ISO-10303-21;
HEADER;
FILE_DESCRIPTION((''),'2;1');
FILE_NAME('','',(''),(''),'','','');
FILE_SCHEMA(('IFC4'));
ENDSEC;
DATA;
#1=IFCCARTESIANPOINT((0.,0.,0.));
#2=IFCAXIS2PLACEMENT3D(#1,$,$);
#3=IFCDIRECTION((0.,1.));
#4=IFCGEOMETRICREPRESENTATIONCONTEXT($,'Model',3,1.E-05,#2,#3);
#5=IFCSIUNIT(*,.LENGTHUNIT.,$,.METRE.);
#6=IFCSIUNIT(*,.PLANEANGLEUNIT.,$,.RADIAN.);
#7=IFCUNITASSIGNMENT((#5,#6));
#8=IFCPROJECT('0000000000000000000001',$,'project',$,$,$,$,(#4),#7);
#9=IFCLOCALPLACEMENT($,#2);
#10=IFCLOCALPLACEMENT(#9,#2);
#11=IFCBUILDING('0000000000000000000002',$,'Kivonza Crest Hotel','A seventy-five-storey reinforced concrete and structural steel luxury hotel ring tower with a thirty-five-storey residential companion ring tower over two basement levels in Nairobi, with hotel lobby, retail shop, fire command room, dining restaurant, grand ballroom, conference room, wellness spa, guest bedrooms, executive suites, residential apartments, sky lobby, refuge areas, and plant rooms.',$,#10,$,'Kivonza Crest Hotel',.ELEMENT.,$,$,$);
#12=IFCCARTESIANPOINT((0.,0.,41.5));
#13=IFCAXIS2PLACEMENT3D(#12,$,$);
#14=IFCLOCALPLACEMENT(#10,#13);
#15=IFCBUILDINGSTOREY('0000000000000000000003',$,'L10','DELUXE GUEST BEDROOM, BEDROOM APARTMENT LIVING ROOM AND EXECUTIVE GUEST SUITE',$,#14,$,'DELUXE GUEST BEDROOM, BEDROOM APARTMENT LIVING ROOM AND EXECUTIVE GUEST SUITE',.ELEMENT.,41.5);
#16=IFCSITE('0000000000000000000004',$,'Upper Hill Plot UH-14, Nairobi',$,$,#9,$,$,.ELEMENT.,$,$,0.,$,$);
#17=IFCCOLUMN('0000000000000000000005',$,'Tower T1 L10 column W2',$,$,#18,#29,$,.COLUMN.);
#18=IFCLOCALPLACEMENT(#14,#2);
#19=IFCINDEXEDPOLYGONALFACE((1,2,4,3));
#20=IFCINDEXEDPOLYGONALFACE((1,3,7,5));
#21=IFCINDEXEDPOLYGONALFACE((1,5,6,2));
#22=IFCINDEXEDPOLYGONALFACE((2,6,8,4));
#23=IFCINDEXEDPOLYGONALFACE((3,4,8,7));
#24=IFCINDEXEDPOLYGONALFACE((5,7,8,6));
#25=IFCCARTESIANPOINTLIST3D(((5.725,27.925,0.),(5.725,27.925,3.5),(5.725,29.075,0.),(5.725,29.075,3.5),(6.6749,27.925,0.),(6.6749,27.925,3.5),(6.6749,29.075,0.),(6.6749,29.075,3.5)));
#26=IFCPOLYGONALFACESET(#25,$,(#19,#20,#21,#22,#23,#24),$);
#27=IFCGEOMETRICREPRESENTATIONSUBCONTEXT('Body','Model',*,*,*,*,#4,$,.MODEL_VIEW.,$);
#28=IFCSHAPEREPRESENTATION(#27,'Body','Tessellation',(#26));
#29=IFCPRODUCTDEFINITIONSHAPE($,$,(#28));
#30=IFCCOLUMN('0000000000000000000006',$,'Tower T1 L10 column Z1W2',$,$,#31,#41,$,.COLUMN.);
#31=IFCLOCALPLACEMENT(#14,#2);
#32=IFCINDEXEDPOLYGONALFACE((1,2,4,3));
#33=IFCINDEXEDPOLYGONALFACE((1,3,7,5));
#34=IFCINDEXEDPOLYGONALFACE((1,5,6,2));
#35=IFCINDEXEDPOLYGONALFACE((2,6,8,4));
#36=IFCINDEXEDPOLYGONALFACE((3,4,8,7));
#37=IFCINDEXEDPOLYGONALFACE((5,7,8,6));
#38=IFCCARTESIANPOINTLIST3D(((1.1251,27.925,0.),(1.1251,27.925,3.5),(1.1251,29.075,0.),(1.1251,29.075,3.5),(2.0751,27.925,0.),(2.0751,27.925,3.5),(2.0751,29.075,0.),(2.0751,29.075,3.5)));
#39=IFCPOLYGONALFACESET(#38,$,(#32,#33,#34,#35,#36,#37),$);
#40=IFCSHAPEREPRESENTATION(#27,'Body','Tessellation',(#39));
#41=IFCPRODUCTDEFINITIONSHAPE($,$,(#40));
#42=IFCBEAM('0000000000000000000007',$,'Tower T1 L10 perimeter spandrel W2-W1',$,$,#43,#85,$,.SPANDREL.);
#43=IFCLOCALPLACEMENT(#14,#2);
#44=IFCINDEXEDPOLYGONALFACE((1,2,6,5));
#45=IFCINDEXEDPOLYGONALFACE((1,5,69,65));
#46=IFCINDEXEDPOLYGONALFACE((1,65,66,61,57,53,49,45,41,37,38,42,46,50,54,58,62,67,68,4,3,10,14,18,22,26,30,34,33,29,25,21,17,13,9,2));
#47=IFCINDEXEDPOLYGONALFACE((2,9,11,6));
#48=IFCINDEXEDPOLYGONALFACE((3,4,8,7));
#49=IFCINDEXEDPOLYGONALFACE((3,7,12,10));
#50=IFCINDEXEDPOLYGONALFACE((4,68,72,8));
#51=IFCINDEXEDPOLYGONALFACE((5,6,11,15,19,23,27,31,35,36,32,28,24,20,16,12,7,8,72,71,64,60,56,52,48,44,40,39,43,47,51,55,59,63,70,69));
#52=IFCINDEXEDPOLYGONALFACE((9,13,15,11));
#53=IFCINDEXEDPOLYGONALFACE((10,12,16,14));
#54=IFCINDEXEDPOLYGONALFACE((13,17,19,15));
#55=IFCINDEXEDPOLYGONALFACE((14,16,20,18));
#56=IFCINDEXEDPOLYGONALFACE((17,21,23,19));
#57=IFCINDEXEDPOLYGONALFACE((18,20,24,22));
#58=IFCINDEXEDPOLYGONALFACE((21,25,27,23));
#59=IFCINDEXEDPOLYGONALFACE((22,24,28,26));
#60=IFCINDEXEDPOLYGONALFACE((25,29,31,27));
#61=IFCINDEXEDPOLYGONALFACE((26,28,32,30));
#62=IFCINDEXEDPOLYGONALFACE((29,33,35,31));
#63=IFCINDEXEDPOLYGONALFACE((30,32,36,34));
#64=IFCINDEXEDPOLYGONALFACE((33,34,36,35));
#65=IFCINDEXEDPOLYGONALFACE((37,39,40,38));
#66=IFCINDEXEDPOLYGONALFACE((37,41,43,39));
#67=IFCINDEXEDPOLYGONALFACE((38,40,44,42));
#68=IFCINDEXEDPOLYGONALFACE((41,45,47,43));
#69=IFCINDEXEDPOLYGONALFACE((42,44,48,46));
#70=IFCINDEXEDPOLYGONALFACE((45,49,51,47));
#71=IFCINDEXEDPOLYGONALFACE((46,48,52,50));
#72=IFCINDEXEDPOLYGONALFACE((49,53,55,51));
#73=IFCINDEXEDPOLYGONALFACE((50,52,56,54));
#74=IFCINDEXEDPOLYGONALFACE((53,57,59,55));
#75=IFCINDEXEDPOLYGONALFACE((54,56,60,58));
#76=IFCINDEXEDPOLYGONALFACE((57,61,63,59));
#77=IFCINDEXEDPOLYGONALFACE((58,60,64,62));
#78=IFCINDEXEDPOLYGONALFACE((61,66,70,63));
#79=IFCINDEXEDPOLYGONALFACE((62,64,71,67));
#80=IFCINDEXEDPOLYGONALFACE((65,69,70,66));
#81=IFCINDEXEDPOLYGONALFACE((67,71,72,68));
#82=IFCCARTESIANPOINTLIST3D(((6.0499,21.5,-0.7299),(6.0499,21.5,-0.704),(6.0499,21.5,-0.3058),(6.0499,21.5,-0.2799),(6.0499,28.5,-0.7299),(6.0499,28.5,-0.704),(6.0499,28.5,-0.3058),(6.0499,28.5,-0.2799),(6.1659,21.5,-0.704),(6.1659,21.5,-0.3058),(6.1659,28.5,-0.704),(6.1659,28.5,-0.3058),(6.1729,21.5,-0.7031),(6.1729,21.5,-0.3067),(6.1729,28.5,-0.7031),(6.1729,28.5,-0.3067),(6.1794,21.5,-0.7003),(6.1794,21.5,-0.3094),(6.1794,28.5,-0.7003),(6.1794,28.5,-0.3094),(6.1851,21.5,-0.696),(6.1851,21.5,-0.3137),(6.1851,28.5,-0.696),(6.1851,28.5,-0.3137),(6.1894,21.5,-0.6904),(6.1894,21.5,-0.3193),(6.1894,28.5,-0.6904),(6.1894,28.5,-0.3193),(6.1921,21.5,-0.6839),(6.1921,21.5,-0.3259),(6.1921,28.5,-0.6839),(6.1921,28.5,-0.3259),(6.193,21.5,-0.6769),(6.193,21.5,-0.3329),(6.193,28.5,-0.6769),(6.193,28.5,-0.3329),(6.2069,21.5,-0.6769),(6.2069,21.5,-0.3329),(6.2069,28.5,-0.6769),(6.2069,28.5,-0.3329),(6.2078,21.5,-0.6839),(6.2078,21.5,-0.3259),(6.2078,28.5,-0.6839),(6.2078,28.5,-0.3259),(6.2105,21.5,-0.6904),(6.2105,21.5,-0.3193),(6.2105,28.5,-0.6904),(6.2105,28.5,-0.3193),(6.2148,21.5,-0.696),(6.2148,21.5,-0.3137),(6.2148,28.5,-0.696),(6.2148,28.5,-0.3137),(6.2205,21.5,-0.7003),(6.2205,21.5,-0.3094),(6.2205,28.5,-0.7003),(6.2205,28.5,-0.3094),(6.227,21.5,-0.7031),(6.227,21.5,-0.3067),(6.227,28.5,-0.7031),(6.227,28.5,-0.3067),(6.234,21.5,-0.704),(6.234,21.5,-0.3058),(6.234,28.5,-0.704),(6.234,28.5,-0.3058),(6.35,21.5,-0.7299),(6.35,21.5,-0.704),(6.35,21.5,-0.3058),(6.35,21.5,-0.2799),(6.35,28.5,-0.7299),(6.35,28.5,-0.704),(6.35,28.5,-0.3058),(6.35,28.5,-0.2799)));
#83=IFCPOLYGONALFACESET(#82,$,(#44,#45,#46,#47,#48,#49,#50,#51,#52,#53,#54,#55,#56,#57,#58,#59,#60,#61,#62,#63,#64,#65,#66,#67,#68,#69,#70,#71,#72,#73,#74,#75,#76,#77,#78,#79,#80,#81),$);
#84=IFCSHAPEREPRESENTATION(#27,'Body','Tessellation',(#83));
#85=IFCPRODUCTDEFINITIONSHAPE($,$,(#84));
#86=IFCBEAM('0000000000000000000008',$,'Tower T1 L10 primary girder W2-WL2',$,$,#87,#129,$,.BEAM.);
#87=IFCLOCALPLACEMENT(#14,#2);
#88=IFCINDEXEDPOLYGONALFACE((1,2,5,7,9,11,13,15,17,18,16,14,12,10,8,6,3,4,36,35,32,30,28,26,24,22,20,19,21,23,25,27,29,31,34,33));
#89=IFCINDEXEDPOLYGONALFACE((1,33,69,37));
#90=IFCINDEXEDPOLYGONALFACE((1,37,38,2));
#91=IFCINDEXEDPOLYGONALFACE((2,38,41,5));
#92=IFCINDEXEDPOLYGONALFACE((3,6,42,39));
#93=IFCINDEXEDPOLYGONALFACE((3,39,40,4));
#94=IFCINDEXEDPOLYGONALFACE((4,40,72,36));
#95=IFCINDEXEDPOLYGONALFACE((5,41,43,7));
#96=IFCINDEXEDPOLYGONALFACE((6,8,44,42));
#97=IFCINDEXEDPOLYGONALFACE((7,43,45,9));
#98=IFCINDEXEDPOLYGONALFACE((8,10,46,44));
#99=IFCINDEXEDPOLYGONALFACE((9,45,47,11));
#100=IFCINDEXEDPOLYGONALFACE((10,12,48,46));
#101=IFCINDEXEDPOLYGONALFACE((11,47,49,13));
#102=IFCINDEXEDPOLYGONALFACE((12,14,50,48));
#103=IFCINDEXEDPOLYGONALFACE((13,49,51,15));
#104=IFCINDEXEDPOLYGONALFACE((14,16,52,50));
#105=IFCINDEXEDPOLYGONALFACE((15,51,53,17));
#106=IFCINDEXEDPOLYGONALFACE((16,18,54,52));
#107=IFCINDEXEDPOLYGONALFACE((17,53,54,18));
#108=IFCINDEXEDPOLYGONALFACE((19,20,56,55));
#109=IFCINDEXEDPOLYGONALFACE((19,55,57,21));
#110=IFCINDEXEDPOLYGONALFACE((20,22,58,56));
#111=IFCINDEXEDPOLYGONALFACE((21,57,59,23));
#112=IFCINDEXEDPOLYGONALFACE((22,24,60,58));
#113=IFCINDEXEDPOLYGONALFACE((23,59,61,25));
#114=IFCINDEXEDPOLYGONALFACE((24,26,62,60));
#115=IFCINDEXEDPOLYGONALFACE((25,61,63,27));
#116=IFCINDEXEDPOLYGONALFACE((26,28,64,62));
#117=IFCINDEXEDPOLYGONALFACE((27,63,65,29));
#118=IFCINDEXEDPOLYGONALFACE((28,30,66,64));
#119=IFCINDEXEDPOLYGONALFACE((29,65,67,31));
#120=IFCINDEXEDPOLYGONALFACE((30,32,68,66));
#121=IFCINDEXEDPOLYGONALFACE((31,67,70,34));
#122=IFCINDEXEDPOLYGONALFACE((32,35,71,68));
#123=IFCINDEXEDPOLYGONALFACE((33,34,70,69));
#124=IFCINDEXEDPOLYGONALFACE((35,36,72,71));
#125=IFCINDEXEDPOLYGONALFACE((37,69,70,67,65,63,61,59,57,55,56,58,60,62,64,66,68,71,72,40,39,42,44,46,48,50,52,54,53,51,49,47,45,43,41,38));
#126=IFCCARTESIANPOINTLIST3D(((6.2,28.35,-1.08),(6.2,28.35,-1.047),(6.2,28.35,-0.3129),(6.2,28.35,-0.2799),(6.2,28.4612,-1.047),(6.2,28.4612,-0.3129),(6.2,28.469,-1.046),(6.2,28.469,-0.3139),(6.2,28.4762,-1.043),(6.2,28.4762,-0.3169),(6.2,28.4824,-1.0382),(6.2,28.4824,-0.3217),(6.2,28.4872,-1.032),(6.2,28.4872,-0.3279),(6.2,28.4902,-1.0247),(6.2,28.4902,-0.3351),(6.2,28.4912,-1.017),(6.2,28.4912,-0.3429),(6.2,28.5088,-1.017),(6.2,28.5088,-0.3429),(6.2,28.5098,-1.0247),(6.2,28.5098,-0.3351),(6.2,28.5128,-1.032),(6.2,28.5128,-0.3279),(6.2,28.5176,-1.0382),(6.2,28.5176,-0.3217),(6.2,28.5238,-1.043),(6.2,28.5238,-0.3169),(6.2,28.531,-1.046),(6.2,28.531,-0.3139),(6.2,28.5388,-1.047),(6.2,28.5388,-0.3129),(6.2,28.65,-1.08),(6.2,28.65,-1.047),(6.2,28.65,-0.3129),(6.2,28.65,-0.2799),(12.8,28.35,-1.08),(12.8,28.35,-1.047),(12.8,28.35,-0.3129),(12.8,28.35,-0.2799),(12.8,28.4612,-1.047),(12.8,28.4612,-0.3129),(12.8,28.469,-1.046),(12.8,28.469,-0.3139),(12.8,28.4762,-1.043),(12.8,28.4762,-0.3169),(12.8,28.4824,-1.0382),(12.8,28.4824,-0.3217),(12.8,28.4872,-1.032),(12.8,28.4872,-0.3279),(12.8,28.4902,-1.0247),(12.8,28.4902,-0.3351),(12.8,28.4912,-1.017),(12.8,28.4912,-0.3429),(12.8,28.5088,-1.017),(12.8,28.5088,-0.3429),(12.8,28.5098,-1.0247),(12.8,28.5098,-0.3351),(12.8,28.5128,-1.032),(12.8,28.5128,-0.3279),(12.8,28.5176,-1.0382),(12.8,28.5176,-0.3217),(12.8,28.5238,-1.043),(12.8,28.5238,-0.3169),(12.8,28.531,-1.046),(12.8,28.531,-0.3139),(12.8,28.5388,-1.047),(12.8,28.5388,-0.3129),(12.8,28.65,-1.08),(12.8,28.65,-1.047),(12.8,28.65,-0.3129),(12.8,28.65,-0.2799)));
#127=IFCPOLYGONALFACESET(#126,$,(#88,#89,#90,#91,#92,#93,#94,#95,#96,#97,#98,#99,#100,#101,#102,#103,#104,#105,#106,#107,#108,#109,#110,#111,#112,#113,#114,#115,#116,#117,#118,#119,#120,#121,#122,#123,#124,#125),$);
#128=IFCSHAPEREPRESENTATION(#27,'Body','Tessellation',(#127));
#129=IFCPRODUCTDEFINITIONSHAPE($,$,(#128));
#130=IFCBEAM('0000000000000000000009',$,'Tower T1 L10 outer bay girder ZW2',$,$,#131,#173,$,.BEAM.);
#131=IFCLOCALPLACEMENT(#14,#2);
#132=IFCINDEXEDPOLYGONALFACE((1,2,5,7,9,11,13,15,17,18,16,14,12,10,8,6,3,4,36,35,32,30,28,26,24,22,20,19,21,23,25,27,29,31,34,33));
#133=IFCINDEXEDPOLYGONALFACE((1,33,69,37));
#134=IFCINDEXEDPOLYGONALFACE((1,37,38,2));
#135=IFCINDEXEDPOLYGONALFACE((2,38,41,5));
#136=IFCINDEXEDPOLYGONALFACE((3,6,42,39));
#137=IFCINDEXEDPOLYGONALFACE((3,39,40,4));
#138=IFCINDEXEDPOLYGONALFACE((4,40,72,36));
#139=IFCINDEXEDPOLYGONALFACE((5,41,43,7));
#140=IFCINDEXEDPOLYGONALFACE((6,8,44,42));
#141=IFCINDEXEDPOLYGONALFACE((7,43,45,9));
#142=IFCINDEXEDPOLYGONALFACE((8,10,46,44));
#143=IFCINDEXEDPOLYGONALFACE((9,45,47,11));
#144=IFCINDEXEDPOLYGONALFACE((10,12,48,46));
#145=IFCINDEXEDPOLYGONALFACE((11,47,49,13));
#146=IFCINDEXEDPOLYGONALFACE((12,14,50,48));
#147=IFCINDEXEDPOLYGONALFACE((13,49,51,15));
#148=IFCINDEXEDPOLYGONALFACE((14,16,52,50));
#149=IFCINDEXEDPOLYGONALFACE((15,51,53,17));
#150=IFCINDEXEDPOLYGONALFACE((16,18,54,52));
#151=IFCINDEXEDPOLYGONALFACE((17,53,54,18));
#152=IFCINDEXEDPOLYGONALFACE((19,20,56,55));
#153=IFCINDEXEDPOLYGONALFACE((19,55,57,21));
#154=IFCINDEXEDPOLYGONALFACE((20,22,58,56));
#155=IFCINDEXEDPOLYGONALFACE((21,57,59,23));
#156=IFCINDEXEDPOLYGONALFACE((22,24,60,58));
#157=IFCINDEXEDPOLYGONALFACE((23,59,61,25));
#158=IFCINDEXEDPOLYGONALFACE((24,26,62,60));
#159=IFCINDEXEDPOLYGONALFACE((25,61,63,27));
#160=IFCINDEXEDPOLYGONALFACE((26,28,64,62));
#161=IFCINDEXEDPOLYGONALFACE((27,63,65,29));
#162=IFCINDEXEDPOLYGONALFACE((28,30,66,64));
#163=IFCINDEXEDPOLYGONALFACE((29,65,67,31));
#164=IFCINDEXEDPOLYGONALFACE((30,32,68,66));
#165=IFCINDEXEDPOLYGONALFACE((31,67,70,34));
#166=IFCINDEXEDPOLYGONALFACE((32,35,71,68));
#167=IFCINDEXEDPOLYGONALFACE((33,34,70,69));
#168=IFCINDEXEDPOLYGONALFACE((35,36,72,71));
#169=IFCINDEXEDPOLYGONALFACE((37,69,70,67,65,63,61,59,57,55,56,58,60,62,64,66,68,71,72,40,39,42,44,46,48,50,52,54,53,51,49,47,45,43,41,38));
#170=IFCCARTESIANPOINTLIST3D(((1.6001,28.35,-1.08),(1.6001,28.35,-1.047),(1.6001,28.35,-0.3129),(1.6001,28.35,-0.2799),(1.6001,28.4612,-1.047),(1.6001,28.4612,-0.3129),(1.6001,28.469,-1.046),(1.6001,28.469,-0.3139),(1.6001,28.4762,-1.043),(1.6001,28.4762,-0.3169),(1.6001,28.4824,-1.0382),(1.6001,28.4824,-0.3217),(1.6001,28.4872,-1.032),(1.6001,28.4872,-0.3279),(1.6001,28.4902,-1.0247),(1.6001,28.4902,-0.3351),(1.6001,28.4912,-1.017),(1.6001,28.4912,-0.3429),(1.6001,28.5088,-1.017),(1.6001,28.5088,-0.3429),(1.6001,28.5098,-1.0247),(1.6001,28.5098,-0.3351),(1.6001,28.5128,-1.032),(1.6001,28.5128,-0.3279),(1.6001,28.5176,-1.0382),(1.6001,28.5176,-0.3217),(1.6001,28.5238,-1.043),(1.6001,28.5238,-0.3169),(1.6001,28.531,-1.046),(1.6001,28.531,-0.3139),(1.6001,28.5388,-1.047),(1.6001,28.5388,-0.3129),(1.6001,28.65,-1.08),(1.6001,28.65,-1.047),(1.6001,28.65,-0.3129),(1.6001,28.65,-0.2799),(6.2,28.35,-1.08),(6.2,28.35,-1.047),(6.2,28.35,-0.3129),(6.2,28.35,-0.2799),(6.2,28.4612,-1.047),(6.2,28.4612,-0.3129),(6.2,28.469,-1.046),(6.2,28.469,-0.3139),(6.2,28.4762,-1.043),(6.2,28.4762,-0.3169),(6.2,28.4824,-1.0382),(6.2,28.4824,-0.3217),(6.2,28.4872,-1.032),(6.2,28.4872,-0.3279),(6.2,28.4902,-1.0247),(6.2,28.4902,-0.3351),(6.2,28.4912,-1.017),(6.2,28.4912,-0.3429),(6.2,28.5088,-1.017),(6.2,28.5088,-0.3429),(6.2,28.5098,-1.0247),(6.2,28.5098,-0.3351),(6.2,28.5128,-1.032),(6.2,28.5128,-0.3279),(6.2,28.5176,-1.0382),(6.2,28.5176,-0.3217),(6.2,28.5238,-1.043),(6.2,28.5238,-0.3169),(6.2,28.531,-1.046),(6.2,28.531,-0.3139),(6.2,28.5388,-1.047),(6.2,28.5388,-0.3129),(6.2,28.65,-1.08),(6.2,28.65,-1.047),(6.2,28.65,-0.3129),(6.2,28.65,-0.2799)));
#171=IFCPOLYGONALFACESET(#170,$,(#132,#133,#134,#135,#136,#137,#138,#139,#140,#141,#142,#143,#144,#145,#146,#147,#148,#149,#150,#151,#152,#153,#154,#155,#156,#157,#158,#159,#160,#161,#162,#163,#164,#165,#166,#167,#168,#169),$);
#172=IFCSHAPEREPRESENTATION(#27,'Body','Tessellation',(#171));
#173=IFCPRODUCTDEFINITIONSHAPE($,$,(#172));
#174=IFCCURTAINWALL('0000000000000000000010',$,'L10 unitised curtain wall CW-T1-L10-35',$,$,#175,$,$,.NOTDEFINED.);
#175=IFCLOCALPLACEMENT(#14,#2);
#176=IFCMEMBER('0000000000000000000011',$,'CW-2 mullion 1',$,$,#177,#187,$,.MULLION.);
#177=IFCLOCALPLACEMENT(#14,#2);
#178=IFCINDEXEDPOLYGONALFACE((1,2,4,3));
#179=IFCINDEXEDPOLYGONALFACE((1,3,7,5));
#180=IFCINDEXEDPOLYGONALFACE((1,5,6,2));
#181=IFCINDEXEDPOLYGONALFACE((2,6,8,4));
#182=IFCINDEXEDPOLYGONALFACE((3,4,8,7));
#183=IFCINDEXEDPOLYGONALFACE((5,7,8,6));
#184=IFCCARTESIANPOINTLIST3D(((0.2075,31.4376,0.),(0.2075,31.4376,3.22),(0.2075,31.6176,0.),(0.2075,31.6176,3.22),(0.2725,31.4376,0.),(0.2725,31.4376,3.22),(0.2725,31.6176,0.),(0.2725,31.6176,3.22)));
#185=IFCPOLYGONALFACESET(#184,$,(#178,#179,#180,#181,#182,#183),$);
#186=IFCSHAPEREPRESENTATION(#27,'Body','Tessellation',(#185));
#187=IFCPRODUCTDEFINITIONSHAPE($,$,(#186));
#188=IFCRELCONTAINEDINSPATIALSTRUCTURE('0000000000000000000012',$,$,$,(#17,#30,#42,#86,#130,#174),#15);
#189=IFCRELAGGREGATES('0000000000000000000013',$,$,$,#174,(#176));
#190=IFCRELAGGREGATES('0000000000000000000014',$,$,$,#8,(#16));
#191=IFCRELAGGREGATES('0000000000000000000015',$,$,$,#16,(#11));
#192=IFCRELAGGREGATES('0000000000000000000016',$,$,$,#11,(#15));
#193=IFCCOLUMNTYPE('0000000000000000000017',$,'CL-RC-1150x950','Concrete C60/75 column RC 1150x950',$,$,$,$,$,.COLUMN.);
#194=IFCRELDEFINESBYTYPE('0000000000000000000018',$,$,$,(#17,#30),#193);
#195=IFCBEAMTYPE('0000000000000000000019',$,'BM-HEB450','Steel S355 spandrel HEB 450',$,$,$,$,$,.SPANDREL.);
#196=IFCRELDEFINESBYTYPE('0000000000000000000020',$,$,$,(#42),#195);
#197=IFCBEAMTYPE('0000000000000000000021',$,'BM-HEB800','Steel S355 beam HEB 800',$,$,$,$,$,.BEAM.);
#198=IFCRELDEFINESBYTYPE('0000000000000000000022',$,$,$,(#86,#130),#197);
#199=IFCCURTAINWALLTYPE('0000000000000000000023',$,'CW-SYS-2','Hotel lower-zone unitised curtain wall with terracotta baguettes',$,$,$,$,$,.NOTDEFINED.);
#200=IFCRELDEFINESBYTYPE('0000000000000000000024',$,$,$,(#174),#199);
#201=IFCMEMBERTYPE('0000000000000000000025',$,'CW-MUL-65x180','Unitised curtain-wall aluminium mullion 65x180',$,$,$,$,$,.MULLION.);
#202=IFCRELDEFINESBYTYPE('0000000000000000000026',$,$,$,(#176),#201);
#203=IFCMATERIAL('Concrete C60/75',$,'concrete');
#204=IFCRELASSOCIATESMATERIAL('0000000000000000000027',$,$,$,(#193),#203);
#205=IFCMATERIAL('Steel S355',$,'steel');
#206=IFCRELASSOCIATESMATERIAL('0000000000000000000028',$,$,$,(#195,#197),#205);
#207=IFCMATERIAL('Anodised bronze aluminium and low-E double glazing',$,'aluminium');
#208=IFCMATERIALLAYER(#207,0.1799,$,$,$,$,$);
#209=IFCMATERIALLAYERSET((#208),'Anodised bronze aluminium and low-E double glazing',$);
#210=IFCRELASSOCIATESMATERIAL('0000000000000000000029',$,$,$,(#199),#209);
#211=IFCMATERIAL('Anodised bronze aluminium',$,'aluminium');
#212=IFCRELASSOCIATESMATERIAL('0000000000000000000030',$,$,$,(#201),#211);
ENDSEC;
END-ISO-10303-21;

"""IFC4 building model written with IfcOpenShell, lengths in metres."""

from ifc_helpers import new_model, si_unit, direction, frame, origin, origin_2d, place, context, subcontext, project, spatial, rectangle, i_section, extrude, material, layer, layer_set, material_profile, profile_set, type_object, element, aggregate, save


model = new_model("IFC4")

# Units and contexts
model_context = context("Model", 3, precision=1e-05, world=origin(), true_north=direction((0.0, 1.0)))
body_context = subcontext(model_context, "Body", "Model", "MODEL_VIEW")
ifc_project = project(units=[si_unit("LENGTHUNIT", "METRE"), si_unit("PLANEANGLEUNIT", "RADIAN")], contexts=[model_context])

# Site, building, storey
site_placement = place(None, origin())
site = spatial("IfcSite", under=ifc_project, at=site_placement, Name="Upper Hill Plot UH-14, Nairobi", CompositionType="ELEMENT", RefElevation=0.0)
building_placement = place(site_placement, origin())
building = spatial("IfcBuilding", under=site, at=building_placement, Name="Kivonza Crest Hotel", Description="A seventy-five-storey reinforced concrete and structural steel luxury hotel ring tower with a thirty-five-storey residential companion ring tower over two basement levels in Nairobi, with hotel lobby, retail shop, fire command room, dining restaurant, grand ballroom, conference room, wellness spa, guest bedrooms, executive suites, residential apartments, sky lobby, refuge areas, and plant rooms.", LongName="Kivonza Crest Hotel", CompositionType="ELEMENT")
storey_placement = place(building_placement, frame((0.0, 0.0, 41.5)))
storey = spatial("IfcBuildingStorey", under=building, at=storey_placement, Name="L10", Description="DELUXE GUEST BEDROOM, BEDROOM APARTMENT LIVING ROOM AND EXECUTIVE GUEST SUITE", LongName="DELUXE GUEST BEDROOM, BEDROOM APARTMENT LIVING ROOM AND EXECUTIVE GUEST SUITE", CompositionType="ELEMENT", Elevation=41.5)

# Columns
ifc_material_1 = material(Name="Concrete C60/75", Category="concrete")
ifc_material_profile_1 = material_profile(ifc_material_1, rectangle(XDim=0.95, YDim=1.1499, at=origin_2d()), Name="RC 1150x950")
ifc_profile_set_1 = profile_set([ifc_material_profile_1], Name="Concrete C60/75")
column_type = type_object("IfcColumnType", Name="CL-RC-1150x950", Description="Concrete C60/75 column RC 1150x950", PredefinedType="COLUMN", material=ifc_profile_set_1)
for number, where, z_axis, x_axis, name in (
    (1, (6.2, 28.5, 0.0), (0.0, 0.0, 1.0), (1.0, 0.0, 0.0), "Tower T1 L10 column W2"),
    (2, (1.6001, 28.5, 0.0), (0.0, 0.0, 1.0), (1.0, 0.0, 0.0), "Tower T1 L10 column Z1W2"),
):
    element("IfcColumn", number, at=place(storey_placement, frame(where, z_axis=z_axis, x_axis=x_axis)), inside=storey, type_object=column_type, Name=name, PredefinedType="COLUMN", context=body_context, shape_type="SweptSolid", body=[
        extrude(rectangle(XDim=0.95, YDim=1.1499, at=origin_2d()), origin(), (0.0, 0.0, 1.0), 3.5),
    ])

# Beams
ifc_material_2 = material(Name="Steel S355", Category="steel")
ifc_material_profile_2 = material_profile(ifc_material_2, i_section(OverallWidth=0.3, OverallDepth=0.45, WebThickness=0.0139, FlangeThickness=0.0259, FilletRadius=0.0271, at=origin_2d()), Name="HEB 450")
ifc_profile_set_2 = profile_set([ifc_material_profile_2], Name="Steel S355")
beam_type_1 = type_object("IfcBeamType", Name="BM-HEB450", Description="Steel S355 spandrel HEB 450", PredefinedType="SPANDREL", material=ifc_profile_set_2)
beam_1_placement = place(storey_placement, frame((6.2, 28.5, -0.5049), z_axis=(0.0, -1.0, 0.0), x_axis=(1.0, 0.0, 0.0)))
element("IfcBeam", 3, at=beam_1_placement, inside=storey, type_object=beam_type_1, Name="Tower T1 L10 perimeter spandrel W2-W1", PredefinedType="SPANDREL", context=body_context, shape_type="SweptSolid", body=[
    extrude(i_section(OverallWidth=0.3, OverallDepth=0.45, WebThickness=0.0139, FlangeThickness=0.0259, FilletRadius=0.0271, at=origin_2d()), origin(), (0.0, 0.0, 1.0), 7.0),
])
ifc_material_profile_3 = material_profile(ifc_material_2, i_section(OverallWidth=0.3, OverallDepth=0.8, WebThickness=0.0176, FlangeThickness=0.033, FilletRadius=0.03, at=origin_2d()), Name="HEB 800")
ifc_profile_set_3 = profile_set([ifc_material_profile_3], Name="Steel S355")
beam_type_2 = type_object("IfcBeamType", Name="BM-HEB800", Description="Steel S355 beam HEB 800", PredefinedType="BEAM", material=ifc_profile_set_3)
beam_2_placement = place(storey_placement, frame((6.2, 28.5, -0.6799), z_axis=(1.0, 0.0, 0.0), x_axis=(0.0, 1.0, 0.0)))
element("IfcBeam", 4, at=beam_2_placement, inside=storey, type_object=beam_type_2, Name="Tower T1 L10 primary girder W2-WL2", PredefinedType="BEAM", context=body_context, shape_type="SweptSolid", body=[
    extrude(i_section(OverallWidth=0.3, OverallDepth=0.8, WebThickness=0.0176, FlangeThickness=0.033, FilletRadius=0.03, at=origin_2d()), origin(), (0.0, 0.0, 1.0), 6.6001),
])
beam_3_placement = place(storey_placement, frame((1.6001, 28.5, -0.6799), z_axis=(1.0, 0.0, 0.0), x_axis=(0.0, 1.0, 0.0)))
element("IfcBeam", 5, at=beam_3_placement, inside=storey, type_object=beam_type_2, Name="Tower T1 L10 outer bay girder ZW2", PredefinedType="BEAM", context=body_context, shape_type="SweptSolid", body=[
    extrude(i_section(OverallWidth=0.3, OverallDepth=0.8, WebThickness=0.0176, FlangeThickness=0.033, FilletRadius=0.03, at=origin_2d()), origin(), (0.0, 0.0, 1.0), 4.5999),
])

# Curtain wall, member
ifc_material_3 = material(Name="Anodised bronze aluminium and low-E double glazing", Category="aluminium")
ifc_layer_1 = layer(ifc_material_3, 0.1799)
ifc_layer_set_1 = layer_set([ifc_layer_1], Name="Anodised bronze aluminium and low-E double glazing")
curtain_wall_type = type_object("IfcCurtainWallType", Name="CW-SYS-2", Description="Hotel lower-zone unitised curtain wall with terracotta baguettes", PredefinedType="NOTDEFINED", material=ifc_layer_set_1)
curtain_wall_placement = place(storey_placement, origin())
curtain_wall = element("IfcCurtainWall", 6, at=curtain_wall_placement, inside=storey, type_object=curtain_wall_type, Name="L10 unitised curtain wall CW-T1-L10-35", PredefinedType="NOTDEFINED")
ifc_material_4 = material(Name="Anodised bronze aluminium", Category="aluminium")
ifc_material_profile_4 = material_profile(ifc_material_4, rectangle(XDim=0.0649, YDim=0.1799, at=origin_2d()), Name="CW-M 65x180")
ifc_profile_set_4 = profile_set([ifc_material_profile_4], Name="Anodised bronze aluminium")
member_type_1 = type_object("IfcMemberType", Name="CW-MUL-65x180", Description="Unitised curtain-wall aluminium mullion 65x180", PredefinedType="MULLION", material=ifc_profile_set_4)
member_1_placement = place(storey_placement, frame((0.24, 31.5276, 0.0), z_axis=(0.0, 0.0, 1.0), x_axis=(1.0, 0.0, 0.0)))
member_1 = element("IfcMember", 7, at=member_1_placement, type_object=member_type_1, Name="CW-2 mullion 1", PredefinedType="MULLION", context=body_context, shape_type="SweptSolid", body=[
    extrude(rectangle(XDim=0.0649, YDim=0.1799, at=origin_2d()), origin(), (0.0, 0.0, 1.0), 3.22),
])
aggregate(curtain_wall, [member_1])

save(model, "model.ifc")
